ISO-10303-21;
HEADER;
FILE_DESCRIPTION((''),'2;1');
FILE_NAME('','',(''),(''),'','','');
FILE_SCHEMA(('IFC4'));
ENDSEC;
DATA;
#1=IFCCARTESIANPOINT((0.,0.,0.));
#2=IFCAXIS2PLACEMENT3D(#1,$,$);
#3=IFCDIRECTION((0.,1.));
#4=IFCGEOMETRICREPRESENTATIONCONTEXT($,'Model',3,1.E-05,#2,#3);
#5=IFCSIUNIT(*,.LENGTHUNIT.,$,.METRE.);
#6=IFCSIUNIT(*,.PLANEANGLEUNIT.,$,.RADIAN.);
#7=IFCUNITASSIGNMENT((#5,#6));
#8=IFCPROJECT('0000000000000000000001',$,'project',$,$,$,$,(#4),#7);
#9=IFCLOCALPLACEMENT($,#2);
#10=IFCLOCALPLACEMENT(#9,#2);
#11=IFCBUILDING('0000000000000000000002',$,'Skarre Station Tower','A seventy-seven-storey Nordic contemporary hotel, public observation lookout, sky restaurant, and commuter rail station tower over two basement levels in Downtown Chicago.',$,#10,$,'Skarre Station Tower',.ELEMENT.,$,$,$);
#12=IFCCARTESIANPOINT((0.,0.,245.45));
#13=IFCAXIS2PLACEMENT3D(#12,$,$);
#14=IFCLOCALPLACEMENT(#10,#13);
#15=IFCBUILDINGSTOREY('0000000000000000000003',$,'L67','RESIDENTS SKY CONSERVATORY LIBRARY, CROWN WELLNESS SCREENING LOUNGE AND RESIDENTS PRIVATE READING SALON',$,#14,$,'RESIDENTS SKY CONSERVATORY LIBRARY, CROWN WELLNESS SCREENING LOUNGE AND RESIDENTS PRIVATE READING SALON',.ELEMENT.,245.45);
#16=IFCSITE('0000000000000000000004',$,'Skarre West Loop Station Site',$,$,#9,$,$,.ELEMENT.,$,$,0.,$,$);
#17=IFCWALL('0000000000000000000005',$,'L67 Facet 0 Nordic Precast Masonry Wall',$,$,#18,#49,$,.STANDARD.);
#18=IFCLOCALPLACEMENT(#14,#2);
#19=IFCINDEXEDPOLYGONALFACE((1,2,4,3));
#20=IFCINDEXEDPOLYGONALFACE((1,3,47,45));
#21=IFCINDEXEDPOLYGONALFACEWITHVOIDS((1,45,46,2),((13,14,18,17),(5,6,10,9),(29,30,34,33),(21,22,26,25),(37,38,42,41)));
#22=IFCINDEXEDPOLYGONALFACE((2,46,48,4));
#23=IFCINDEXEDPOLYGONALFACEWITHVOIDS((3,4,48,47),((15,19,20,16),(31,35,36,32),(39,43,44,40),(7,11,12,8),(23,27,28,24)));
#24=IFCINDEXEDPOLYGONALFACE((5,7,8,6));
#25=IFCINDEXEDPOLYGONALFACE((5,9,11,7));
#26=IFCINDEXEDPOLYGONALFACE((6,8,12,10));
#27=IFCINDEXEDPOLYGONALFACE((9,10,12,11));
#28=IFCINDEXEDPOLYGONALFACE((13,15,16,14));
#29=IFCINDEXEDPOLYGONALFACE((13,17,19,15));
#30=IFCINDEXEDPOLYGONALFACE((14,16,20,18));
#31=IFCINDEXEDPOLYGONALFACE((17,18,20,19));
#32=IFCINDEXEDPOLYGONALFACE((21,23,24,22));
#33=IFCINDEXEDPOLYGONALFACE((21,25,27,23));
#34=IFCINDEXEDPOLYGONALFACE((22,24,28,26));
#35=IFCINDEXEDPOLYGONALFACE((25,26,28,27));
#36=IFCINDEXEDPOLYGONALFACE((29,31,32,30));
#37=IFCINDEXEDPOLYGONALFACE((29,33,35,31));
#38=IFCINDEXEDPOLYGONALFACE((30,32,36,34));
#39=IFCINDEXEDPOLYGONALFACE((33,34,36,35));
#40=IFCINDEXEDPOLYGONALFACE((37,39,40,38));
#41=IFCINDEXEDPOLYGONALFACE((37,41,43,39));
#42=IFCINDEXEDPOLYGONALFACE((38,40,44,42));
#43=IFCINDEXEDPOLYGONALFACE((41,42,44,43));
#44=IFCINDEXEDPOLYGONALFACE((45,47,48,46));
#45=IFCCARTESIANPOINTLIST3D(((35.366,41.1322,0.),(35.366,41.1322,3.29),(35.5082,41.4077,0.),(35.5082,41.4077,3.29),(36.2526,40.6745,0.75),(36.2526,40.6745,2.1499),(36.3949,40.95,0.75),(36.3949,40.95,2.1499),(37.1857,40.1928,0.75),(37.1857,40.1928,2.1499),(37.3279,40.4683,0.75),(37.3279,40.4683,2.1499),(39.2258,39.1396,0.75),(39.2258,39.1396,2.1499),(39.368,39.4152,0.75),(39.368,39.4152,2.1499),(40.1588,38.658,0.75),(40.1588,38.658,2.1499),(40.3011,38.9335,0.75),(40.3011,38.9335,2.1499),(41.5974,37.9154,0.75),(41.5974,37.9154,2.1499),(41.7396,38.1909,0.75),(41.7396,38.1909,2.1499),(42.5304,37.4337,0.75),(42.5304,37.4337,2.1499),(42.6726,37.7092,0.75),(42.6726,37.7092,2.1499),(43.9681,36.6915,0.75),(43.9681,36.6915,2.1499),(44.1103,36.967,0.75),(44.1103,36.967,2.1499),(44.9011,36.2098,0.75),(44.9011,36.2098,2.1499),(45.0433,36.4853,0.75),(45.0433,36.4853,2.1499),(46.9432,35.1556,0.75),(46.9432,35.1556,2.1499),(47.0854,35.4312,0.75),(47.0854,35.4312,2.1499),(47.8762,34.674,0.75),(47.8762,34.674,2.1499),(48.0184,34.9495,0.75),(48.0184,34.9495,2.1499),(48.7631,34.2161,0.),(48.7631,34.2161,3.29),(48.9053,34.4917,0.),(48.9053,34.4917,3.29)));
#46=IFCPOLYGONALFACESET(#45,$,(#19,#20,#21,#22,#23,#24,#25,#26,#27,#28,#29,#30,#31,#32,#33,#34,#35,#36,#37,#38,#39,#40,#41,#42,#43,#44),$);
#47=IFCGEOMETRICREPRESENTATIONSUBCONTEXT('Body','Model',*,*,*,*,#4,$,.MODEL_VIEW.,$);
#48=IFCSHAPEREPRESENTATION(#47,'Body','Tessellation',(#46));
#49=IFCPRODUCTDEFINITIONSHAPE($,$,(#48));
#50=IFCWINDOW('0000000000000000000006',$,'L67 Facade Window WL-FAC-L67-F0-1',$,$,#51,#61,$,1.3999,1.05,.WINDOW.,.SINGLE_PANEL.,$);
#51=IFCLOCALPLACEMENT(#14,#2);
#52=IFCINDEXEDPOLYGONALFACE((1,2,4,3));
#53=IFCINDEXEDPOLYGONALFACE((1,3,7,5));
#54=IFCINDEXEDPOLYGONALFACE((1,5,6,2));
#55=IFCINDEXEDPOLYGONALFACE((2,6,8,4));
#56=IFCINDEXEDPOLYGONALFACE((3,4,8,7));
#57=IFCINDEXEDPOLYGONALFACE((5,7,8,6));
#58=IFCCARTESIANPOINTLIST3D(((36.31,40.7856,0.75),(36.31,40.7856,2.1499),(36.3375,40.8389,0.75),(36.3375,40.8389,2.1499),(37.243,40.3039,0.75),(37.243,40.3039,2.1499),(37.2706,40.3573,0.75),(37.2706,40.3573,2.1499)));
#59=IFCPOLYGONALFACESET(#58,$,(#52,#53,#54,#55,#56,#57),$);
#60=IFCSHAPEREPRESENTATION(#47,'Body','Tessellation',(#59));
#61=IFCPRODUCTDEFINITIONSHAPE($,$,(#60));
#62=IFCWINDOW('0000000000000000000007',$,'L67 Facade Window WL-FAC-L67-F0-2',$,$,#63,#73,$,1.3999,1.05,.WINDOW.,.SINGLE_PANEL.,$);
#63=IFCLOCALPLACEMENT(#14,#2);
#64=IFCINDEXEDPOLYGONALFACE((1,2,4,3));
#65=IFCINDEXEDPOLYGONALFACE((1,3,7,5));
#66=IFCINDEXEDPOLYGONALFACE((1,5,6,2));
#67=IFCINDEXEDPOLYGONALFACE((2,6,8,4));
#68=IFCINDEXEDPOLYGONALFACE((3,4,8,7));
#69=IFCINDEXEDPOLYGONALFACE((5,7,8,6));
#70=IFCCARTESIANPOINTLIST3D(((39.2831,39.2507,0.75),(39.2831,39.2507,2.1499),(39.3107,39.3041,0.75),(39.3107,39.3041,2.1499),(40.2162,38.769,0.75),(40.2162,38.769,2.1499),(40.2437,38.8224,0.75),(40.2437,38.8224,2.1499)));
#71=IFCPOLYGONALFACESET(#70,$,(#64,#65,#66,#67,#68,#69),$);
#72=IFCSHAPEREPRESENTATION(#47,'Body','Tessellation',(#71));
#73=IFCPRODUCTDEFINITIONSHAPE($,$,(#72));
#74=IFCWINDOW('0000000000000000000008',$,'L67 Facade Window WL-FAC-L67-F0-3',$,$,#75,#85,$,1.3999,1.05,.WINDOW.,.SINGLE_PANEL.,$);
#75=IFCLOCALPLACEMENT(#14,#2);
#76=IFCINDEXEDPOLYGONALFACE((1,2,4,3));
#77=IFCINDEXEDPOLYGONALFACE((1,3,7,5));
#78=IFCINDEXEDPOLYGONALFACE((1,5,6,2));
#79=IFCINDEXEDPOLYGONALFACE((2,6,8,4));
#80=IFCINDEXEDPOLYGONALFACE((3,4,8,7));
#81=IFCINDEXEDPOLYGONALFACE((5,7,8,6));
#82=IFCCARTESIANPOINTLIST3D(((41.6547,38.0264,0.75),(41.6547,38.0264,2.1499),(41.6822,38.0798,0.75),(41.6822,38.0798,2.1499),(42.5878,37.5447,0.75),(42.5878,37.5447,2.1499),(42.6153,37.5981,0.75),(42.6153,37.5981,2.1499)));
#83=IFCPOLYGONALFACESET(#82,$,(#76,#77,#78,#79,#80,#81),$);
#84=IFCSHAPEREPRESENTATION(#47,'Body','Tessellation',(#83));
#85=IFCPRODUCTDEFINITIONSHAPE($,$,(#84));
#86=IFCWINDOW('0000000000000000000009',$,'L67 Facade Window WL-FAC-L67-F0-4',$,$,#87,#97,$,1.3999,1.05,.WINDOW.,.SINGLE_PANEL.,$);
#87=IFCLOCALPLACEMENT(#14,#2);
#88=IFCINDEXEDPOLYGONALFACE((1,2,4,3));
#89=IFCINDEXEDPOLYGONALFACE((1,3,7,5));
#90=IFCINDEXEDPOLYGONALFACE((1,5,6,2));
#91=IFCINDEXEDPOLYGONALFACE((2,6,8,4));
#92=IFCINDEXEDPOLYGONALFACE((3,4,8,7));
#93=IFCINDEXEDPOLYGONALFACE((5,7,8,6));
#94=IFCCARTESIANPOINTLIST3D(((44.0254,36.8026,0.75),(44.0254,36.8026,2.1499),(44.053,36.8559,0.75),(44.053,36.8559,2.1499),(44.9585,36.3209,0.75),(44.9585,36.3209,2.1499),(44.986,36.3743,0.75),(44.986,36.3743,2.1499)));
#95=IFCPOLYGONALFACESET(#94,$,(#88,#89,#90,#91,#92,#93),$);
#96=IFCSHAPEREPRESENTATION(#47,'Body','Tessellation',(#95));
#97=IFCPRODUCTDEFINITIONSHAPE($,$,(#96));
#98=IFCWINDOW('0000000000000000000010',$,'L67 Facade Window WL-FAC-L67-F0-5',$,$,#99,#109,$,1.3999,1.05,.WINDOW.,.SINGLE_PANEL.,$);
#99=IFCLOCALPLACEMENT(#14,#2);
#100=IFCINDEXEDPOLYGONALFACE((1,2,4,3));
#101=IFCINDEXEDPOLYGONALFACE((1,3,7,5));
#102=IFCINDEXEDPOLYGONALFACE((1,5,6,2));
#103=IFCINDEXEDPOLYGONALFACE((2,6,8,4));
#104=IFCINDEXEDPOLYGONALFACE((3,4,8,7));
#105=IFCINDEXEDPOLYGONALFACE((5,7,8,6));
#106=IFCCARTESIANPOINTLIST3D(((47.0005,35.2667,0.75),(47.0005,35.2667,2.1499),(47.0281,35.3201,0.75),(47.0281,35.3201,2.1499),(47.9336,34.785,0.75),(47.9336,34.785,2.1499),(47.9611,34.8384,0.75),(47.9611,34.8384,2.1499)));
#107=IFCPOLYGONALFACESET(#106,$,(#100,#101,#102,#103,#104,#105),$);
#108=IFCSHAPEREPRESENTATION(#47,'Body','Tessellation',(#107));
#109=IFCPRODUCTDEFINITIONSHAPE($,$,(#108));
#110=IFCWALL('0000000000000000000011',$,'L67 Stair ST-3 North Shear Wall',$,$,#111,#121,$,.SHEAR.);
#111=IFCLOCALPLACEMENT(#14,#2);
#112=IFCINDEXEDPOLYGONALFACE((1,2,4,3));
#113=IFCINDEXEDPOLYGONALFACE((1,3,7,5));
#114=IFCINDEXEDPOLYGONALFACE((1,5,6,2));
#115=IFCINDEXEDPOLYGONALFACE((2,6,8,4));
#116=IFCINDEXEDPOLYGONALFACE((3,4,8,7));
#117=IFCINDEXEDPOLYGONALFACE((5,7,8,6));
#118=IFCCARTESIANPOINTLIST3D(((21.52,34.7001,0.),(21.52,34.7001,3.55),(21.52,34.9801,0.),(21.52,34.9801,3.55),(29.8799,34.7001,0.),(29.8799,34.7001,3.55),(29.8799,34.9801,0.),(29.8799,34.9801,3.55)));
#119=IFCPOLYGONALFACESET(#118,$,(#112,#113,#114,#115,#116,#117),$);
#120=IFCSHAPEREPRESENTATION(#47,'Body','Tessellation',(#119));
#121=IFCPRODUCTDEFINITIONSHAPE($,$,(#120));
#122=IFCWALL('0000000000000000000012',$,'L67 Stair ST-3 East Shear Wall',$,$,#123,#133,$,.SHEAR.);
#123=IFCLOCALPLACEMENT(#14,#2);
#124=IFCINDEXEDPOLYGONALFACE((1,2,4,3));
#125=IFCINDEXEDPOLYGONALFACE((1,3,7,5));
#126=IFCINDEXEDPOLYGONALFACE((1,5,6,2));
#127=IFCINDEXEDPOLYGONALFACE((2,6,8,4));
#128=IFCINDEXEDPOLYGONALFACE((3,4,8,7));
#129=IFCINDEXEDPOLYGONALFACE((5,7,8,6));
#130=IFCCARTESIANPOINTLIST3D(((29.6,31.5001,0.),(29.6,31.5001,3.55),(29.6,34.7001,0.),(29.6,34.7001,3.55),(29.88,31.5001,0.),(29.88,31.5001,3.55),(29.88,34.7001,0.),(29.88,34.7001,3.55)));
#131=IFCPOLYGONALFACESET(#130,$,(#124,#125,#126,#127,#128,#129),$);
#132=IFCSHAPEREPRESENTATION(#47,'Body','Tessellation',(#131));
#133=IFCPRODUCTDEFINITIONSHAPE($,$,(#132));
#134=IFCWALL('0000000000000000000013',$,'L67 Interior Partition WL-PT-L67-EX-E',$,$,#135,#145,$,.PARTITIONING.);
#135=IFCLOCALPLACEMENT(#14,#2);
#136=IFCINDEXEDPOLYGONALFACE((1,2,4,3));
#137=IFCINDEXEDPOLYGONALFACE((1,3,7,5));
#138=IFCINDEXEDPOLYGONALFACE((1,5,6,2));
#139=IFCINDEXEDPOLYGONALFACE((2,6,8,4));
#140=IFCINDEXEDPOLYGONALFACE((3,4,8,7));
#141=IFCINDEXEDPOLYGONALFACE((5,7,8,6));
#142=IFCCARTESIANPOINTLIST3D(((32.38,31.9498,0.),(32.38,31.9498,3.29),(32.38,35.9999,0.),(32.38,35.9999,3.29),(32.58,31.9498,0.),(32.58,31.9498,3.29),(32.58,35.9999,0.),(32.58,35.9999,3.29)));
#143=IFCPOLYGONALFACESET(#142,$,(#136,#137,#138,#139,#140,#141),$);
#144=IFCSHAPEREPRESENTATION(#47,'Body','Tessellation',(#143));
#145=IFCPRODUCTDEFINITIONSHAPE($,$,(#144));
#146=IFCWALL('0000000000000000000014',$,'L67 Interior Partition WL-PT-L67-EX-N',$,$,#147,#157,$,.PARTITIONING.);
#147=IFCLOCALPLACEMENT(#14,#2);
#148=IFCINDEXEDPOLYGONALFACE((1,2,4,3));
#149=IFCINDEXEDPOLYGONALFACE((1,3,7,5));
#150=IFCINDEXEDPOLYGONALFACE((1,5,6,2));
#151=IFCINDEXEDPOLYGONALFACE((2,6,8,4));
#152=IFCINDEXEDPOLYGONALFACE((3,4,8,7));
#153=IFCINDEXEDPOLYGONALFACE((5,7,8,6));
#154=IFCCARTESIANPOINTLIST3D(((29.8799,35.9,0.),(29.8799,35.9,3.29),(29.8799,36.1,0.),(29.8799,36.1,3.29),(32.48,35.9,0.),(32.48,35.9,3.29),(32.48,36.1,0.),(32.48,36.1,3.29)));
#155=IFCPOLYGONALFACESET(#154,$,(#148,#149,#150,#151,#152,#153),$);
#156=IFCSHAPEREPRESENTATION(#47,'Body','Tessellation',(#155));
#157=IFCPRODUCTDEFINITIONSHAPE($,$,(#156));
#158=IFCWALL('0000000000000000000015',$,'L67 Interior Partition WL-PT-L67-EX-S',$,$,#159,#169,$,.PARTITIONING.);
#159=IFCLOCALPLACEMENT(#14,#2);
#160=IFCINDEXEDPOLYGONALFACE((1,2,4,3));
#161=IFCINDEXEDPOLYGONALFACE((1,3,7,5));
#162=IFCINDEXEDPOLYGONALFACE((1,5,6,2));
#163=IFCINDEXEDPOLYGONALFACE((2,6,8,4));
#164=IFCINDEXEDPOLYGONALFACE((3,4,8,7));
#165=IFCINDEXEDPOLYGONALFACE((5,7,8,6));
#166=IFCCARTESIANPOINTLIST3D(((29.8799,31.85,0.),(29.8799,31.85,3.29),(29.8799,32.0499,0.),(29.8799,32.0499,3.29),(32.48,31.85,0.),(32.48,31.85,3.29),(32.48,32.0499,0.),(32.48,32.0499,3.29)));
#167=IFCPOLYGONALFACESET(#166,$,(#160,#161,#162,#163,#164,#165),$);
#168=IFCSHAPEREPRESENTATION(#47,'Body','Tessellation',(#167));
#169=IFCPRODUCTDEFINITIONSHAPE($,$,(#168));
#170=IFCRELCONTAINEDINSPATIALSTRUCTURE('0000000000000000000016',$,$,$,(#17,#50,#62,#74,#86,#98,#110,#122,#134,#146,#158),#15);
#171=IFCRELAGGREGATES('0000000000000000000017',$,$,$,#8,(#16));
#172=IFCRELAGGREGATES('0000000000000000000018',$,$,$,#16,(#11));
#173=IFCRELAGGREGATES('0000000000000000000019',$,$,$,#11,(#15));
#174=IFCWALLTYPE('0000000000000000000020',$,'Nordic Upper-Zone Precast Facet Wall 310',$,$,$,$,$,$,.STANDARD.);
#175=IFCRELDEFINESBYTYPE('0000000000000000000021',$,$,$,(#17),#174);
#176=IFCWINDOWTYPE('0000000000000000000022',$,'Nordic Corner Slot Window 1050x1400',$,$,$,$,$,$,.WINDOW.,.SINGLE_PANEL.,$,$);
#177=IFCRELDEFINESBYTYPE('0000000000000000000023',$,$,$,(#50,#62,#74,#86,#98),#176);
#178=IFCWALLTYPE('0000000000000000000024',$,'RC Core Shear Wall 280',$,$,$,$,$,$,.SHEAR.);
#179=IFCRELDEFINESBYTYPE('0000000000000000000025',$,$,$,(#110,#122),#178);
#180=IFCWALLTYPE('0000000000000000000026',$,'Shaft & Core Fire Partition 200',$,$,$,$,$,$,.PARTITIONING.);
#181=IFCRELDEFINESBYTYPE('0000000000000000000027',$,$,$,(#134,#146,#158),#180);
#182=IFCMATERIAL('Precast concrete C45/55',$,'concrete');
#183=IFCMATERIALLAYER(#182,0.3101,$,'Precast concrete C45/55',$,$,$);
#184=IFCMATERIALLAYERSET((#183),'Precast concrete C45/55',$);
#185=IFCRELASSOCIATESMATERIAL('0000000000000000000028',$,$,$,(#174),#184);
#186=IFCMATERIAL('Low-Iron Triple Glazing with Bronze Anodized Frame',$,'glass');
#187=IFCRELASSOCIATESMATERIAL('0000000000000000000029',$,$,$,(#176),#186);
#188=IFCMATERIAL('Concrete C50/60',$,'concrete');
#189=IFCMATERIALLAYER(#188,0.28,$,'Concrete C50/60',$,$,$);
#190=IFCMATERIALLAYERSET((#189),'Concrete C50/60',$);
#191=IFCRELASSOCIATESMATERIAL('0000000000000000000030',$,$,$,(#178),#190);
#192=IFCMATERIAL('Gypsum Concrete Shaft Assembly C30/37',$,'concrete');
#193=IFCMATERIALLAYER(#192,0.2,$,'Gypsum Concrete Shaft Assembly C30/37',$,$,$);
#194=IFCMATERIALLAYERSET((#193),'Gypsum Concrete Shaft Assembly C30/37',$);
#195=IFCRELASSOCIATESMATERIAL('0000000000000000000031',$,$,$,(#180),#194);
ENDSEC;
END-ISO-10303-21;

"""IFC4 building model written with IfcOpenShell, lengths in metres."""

from ifc_helpers import new_model, si_unit, direction, frame, frame_2d, origin, place, context, subcontext, project, spatial, rectangle, extrude, material, layer, layer_set, type_object, element, fill, save


model = new_model("IFC4")

# Units and contexts
model_context = context("Model", 3, precision=1e-05, world=origin(), true_north=direction((0.0, 1.0)))
body_context = subcontext(model_context, "Body", "Model", "MODEL_VIEW")
ifc_project = project(units=[si_unit("LENGTHUNIT", "METRE"), si_unit("PLANEANGLEUNIT", "RADIAN")], contexts=[model_context])

# Site, building, storey
site_placement = place(None, origin())
site = spatial("IfcSite", under=ifc_project, at=site_placement, Name="Skarre West Loop Station Site", CompositionType="ELEMENT", RefElevation=0.0)
building_placement = place(site_placement, origin())
building = spatial("IfcBuilding", under=site, at=building_placement, Name="Skarre Station Tower", Description="A seventy-seven-storey Nordic contemporary hotel, public observation lookout, sky restaurant, and commuter rail station tower over two basement levels in Downtown Chicago.", LongName="Skarre Station Tower", CompositionType="ELEMENT")
storey_placement = place(building_placement, frame((0.0, 0.0, 245.45)))
storey = spatial("IfcBuildingStorey", under=building, at=storey_placement, Name="L67", Description="RESIDENTS SKY CONSERVATORY LIBRARY, CROWN WELLNESS SCREENING LOUNGE AND RESIDENTS PRIVATE READING SALON", LongName="RESIDENTS SKY CONSERVATORY LIBRARY, CROWN WELLNESS SCREENING LOUNGE AND RESIDENTS PRIVATE READING SALON", CompositionType="ELEMENT", Elevation=245.45)

# Shared definitions
ifc_material_1 = material(Name="Concrete C50/60", Category="concrete")

# Shared definitions
ifc_material_2 = material(Name="Precast concrete C45/55", Category="concrete")

# Wall, openings, windows
ifc_layer_1 = layer(ifc_material_2, 0.3101, Name="Precast concrete C45/55")
ifc_layer_set_1 = layer_set([ifc_layer_1], Name="Precast concrete C45/55")
wall_type_1 = type_object("IfcWallType", Name="Nordic Upper-Zone Precast Facet Wall 310", PredefinedType="STANDARD", material=ifc_layer_set_1)
wall_1_placement = place(storey_placement, frame((35.437, 41.27, 0.0), z_axis=(0.0, 0.0, 1.0), x_axis=(0.888581, -0.458719, 0.0)))
wall_1 = element("IfcWall", 1, at=wall_1_placement, inside=storey, type_object=wall_type_1, Name="L67 Facet 0 Nordic Precast Masonry Wall", PredefinedType="STANDARD", context=body_context, shape_type="SweptSolid", body=[
    extrude(rectangle(XDim=15.0769, YDim=0.3101, at=frame_2d((7.5386, 0.0))), origin(), (0.0, 0.0, 1.0), 3.29),
])
opening_1_placement = place(wall_1_placement, frame((0.998, 0.0, 0.75)))
opening_1 = element("IfcOpeningElement", 2, at=opening_1_placement, cuts=wall_1, PredefinedType="OPENING", context=body_context, shape_type="SweptSolid", body=[
    extrude(rectangle(XDim=1.05, YDim=1.3999, at=frame_2d((0.5249, 0.7))), frame((0.0, 0.165, 0.0), z_axis=(0.0, -1.0, 0.0), x_axis=(1.0, 0.0, 0.0)), (0.0, 0.0, 1.0), 0.3301),
])
opening_2_placement = place(wall_1_placement, frame((4.344, 0.0, 0.75)))
opening_2 = element("IfcOpeningElement", 3, at=opening_2_placement, cuts=wall_1, PredefinedType="OPENING", context=body_context, shape_type="SweptSolid", body=[
    extrude(rectangle(XDim=1.05, YDim=1.3999, at=frame_2d((0.5249, 0.7))), frame((0.0, 0.165, 0.0), z_axis=(0.0, -1.0, 0.0), x_axis=(1.0, 0.0, 0.0)), (0.0, 0.0, 1.0), 0.3301),
])
opening_3_placement = place(wall_1_placement, frame((7.0129, 0.0, 0.75)))
opening_3 = element("IfcOpeningElement", 4, at=opening_3_placement, cuts=wall_1, PredefinedType="OPENING", context=body_context, shape_type="SweptSolid", body=[
    extrude(rectangle(XDim=1.05, YDim=1.3999, at=frame_2d((0.5249, 0.7))), frame((0.0, 0.165, 0.0), z_axis=(0.0, -1.0, 0.0), x_axis=(1.0, 0.0, 0.0)), (0.0, 0.0, 1.0), 0.3301),
])
opening_4_placement = place(wall_1_placement, frame((9.6809, 0.0, 0.75)))
opening_4 = element("IfcOpeningElement", 5, at=opening_4_placement, cuts=wall_1, PredefinedType="OPENING", context=body_context, shape_type="SweptSolid", body=[
    extrude(rectangle(XDim=1.05, YDim=1.3999, at=frame_2d((0.5249, 0.7))), frame((0.0, 0.165, 0.0), z_axis=(0.0, -1.0, 0.0), x_axis=(1.0, 0.0, 0.0)), (0.0, 0.0, 1.0), 0.3301),
])
opening_5_placement = place(wall_1_placement, frame((13.0291, 0.0, 0.75)))
opening_5 = element("IfcOpeningElement", 6, at=opening_5_placement, cuts=wall_1, PredefinedType="OPENING", context=body_context, shape_type="SweptSolid", body=[
    extrude(rectangle(XDim=1.05, YDim=1.3999, at=frame_2d((0.5249, 0.7))), frame((0.0, 0.165, 0.0), z_axis=(0.0, -1.0, 0.0), x_axis=(1.0, 0.0, 0.0)), (0.0, 0.0, 1.0), 0.3301),
])
ifc_material_3 = material(Name="Low-Iron Triple Glazing with Bronze Anodized Frame", Category="glass")
window_type = type_object("IfcWindowType", Name="Nordic Corner Slot Window 1050x1400", PartitioningType="SINGLE_PANEL", PredefinedType="WINDOW", material=ifc_material_3)
window_1_placement = place(opening_1_placement, origin())
window_1 = element("IfcWindow", 7, at=window_1_placement, inside=storey, type_object=window_type, Name="L67 Facade Window WL-FAC-L67-F0-1", OverallHeight=1.3999, OverallWidth=1.05, PartitioningType="SINGLE_PANEL", PredefinedType="WINDOW", context=body_context, shape_type="SweptSolid", body=[
    extrude(rectangle(XDim=1.05, YDim=1.3999, at=frame_2d((0.5249, 0.7))), frame((0.0, 0.03, 0.0), z_axis=(0.0, -1.0, 0.0), x_axis=(1.0, 0.0, 0.0)), (0.0, 0.0, 1.0), 0.0601),
])
fill(opening_1, window_1)
window_2_placement = place(opening_2_placement, origin())
window_2 = element("IfcWindow", 8, at=window_2_placement, inside=storey, type_object=window_type, Name="L67 Facade Window WL-FAC-L67-F0-2", OverallHeight=1.3999, OverallWidth=1.05, PartitioningType="SINGLE_PANEL", PredefinedType="WINDOW", context=body_context, shape_type="SweptSolid", body=[
    extrude(rectangle(XDim=1.05, YDim=1.3999, at=frame_2d((0.5249, 0.7))), frame((0.0, 0.03, 0.0), z_axis=(0.0, -1.0, 0.0), x_axis=(1.0, 0.0, 0.0)), (0.0, 0.0, 1.0), 0.0601),
])
fill(opening_2, window_2)
window_3_placement = place(opening_3_placement, origin())
window_3 = element("IfcWindow", 9, at=window_3_placement, inside=storey, type_object=window_type, Name="L67 Facade Window WL-FAC-L67-F0-3", OverallHeight=1.3999, OverallWidth=1.05, PartitioningType="SINGLE_PANEL", PredefinedType="WINDOW", context=body_context, shape_type="SweptSolid", body=[
    extrude(rectangle(XDim=1.05, YDim=1.3999, at=frame_2d((0.5249, 0.7))), frame((0.0, 0.03, 0.0), z_axis=(0.0, -1.0, 0.0), x_axis=(1.0, 0.0, 0.0)), (0.0, 0.0, 1.0), 0.0601),
])
fill(opening_3, window_3)
window_4_placement = place(opening_4_placement, origin())
window_4 = element("IfcWindow", 10, at=window_4_placement, inside=storey, type_object=window_type, Name="L67 Facade Window WL-FAC-L67-F0-4", OverallHeight=1.3999, OverallWidth=1.05, PartitioningType="SINGLE_PANEL", PredefinedType="WINDOW", context=body_context, shape_type="SweptSolid", body=[
    extrude(rectangle(XDim=1.05, YDim=1.3999, at=frame_2d((0.5249, 0.7))), frame((0.0, 0.03, 0.0), z_axis=(0.0, -1.0, 0.0), x_axis=(1.0, 0.0, 0.0)), (0.0, 0.0, 1.0), 0.0601),
])
fill(opening_4, window_4)
window_5_placement = place(opening_5_placement, origin())
window_5 = element("IfcWindow", 11, at=window_5_placement, inside=storey, type_object=window_type, Name="L67 Facade Window WL-FAC-L67-F0-5", OverallHeight=1.3999, OverallWidth=1.05, PartitioningType="SINGLE_PANEL", PredefinedType="WINDOW", context=body_context, shape_type="SweptSolid", body=[
    extrude(rectangle(XDim=1.05, YDim=1.3999, at=frame_2d((0.5249, 0.7))), frame((0.0, 0.03, 0.0), z_axis=(0.0, -1.0, 0.0), x_axis=(1.0, 0.0, 0.0)), (0.0, 0.0, 1.0), 0.0601),
])
fill(opening_5, window_5)

# Walls
ifc_layer_2 = layer(ifc_material_1, 0.28, Name="Concrete C50/60")
ifc_layer_set_2 = layer_set([ifc_layer_2], Name="Concrete C50/60")
wall_type_2 = type_object("IfcWallType", Name="RC Core Shear Wall 280", PredefinedType="SHEAR", material=ifc_layer_set_2)
wall_2_placement = place(storey_placement, frame((29.8799, 34.8401, 0.0), z_axis=(0.0, 0.0, 1.0), x_axis=(-1.0, 0.0, 0.0)))
element("IfcWall", 12, at=wall_2_placement, inside=storey, type_object=wall_type_2, Name="L67 Stair ST-3 North Shear Wall", PredefinedType="SHEAR", context=body_context, shape_type="SweptSolid", body=[
    extrude(rectangle(XDim=8.3599, YDim=0.28, at=frame_2d((4.1799, 0.0))), origin(), (0.0, 0.0, 1.0), 3.55),
])
wall_3_placement = place(storey_placement, frame((29.74, 31.5, 0.0), z_axis=(0.0, 0.0, 1.0), x_axis=(0.0, 1.0, 0.0)))
element("IfcWall", 13, at=wall_3_placement, inside=storey, type_object=wall_type_2, Name="L67 Stair ST-3 East Shear Wall", PredefinedType="SHEAR", context=body_context, shape_type="SweptSolid", body=[
    extrude(rectangle(XDim=3.2, YDim=0.28, at=frame_2d((1.6001, 0.0))), origin(), (0.0, 0.0, 1.0), 3.55),
])
ifc_material_4 = material(Name="Gypsum Concrete Shaft Assembly C30/37", Category="concrete")
ifc_layer_3 = layer(ifc_material_4, 0.2, Name="Gypsum Concrete Shaft Assembly C30/37")
ifc_layer_set_3 = layer_set([ifc_layer_3], Name="Gypsum Concrete Shaft Assembly C30/37")
wall_type_3 = type_object("IfcWallType", Name="Shaft & Core Fire Partition 200", PredefinedType="PARTITIONING", material=ifc_layer_set_3)
wall_4_placement = place(storey_placement, frame((32.48, 31.95, 0.0), z_axis=(0.0, 0.0, 1.0), x_axis=(0.0, 1.0, 0.0)))
element("IfcWall", 14, at=wall_4_placement, inside=storey, type_object=wall_type_3, Name="L67 Interior Partition WL-PT-L67-EX-E", PredefinedType="PARTITIONING", context=body_context, shape_type="SweptSolid", body=[
    extrude(rectangle(XDim=4.05, YDim=0.2, at=frame_2d((2.0249, 0.0))), origin(), (0.0, 0.0, 1.0), 3.29),
])
for number, where, z_axis, x_axis, name in (
    (15, (29.8799, 36.0, 0.0), (0.0, 0.0, 1.0), (1.0, 0.0, 0.0), "L67 Interior Partition WL-PT-L67-EX-N"),
    (16, (32.48, 31.95, 0.0), (0.0, 0.0, 1.0), (-1.0, 0.0, 0.0), "L67 Interior Partition WL-PT-L67-EX-S"),
):
    element("IfcWall", number, at=place(storey_placement, frame(where, z_axis=z_axis, x_axis=x_axis)), inside=storey, type_object=wall_type_3, Name=name, PredefinedType="PARTITIONING", context=body_context, shape_type="SweptSolid", body=[
        extrude(rectangle(XDim=2.6001, YDim=0.2, at=frame_2d((1.3, 0.0))), origin(), (0.0, 0.0, 1.0), 3.29),
    ])

save(model, "model.ifc")
